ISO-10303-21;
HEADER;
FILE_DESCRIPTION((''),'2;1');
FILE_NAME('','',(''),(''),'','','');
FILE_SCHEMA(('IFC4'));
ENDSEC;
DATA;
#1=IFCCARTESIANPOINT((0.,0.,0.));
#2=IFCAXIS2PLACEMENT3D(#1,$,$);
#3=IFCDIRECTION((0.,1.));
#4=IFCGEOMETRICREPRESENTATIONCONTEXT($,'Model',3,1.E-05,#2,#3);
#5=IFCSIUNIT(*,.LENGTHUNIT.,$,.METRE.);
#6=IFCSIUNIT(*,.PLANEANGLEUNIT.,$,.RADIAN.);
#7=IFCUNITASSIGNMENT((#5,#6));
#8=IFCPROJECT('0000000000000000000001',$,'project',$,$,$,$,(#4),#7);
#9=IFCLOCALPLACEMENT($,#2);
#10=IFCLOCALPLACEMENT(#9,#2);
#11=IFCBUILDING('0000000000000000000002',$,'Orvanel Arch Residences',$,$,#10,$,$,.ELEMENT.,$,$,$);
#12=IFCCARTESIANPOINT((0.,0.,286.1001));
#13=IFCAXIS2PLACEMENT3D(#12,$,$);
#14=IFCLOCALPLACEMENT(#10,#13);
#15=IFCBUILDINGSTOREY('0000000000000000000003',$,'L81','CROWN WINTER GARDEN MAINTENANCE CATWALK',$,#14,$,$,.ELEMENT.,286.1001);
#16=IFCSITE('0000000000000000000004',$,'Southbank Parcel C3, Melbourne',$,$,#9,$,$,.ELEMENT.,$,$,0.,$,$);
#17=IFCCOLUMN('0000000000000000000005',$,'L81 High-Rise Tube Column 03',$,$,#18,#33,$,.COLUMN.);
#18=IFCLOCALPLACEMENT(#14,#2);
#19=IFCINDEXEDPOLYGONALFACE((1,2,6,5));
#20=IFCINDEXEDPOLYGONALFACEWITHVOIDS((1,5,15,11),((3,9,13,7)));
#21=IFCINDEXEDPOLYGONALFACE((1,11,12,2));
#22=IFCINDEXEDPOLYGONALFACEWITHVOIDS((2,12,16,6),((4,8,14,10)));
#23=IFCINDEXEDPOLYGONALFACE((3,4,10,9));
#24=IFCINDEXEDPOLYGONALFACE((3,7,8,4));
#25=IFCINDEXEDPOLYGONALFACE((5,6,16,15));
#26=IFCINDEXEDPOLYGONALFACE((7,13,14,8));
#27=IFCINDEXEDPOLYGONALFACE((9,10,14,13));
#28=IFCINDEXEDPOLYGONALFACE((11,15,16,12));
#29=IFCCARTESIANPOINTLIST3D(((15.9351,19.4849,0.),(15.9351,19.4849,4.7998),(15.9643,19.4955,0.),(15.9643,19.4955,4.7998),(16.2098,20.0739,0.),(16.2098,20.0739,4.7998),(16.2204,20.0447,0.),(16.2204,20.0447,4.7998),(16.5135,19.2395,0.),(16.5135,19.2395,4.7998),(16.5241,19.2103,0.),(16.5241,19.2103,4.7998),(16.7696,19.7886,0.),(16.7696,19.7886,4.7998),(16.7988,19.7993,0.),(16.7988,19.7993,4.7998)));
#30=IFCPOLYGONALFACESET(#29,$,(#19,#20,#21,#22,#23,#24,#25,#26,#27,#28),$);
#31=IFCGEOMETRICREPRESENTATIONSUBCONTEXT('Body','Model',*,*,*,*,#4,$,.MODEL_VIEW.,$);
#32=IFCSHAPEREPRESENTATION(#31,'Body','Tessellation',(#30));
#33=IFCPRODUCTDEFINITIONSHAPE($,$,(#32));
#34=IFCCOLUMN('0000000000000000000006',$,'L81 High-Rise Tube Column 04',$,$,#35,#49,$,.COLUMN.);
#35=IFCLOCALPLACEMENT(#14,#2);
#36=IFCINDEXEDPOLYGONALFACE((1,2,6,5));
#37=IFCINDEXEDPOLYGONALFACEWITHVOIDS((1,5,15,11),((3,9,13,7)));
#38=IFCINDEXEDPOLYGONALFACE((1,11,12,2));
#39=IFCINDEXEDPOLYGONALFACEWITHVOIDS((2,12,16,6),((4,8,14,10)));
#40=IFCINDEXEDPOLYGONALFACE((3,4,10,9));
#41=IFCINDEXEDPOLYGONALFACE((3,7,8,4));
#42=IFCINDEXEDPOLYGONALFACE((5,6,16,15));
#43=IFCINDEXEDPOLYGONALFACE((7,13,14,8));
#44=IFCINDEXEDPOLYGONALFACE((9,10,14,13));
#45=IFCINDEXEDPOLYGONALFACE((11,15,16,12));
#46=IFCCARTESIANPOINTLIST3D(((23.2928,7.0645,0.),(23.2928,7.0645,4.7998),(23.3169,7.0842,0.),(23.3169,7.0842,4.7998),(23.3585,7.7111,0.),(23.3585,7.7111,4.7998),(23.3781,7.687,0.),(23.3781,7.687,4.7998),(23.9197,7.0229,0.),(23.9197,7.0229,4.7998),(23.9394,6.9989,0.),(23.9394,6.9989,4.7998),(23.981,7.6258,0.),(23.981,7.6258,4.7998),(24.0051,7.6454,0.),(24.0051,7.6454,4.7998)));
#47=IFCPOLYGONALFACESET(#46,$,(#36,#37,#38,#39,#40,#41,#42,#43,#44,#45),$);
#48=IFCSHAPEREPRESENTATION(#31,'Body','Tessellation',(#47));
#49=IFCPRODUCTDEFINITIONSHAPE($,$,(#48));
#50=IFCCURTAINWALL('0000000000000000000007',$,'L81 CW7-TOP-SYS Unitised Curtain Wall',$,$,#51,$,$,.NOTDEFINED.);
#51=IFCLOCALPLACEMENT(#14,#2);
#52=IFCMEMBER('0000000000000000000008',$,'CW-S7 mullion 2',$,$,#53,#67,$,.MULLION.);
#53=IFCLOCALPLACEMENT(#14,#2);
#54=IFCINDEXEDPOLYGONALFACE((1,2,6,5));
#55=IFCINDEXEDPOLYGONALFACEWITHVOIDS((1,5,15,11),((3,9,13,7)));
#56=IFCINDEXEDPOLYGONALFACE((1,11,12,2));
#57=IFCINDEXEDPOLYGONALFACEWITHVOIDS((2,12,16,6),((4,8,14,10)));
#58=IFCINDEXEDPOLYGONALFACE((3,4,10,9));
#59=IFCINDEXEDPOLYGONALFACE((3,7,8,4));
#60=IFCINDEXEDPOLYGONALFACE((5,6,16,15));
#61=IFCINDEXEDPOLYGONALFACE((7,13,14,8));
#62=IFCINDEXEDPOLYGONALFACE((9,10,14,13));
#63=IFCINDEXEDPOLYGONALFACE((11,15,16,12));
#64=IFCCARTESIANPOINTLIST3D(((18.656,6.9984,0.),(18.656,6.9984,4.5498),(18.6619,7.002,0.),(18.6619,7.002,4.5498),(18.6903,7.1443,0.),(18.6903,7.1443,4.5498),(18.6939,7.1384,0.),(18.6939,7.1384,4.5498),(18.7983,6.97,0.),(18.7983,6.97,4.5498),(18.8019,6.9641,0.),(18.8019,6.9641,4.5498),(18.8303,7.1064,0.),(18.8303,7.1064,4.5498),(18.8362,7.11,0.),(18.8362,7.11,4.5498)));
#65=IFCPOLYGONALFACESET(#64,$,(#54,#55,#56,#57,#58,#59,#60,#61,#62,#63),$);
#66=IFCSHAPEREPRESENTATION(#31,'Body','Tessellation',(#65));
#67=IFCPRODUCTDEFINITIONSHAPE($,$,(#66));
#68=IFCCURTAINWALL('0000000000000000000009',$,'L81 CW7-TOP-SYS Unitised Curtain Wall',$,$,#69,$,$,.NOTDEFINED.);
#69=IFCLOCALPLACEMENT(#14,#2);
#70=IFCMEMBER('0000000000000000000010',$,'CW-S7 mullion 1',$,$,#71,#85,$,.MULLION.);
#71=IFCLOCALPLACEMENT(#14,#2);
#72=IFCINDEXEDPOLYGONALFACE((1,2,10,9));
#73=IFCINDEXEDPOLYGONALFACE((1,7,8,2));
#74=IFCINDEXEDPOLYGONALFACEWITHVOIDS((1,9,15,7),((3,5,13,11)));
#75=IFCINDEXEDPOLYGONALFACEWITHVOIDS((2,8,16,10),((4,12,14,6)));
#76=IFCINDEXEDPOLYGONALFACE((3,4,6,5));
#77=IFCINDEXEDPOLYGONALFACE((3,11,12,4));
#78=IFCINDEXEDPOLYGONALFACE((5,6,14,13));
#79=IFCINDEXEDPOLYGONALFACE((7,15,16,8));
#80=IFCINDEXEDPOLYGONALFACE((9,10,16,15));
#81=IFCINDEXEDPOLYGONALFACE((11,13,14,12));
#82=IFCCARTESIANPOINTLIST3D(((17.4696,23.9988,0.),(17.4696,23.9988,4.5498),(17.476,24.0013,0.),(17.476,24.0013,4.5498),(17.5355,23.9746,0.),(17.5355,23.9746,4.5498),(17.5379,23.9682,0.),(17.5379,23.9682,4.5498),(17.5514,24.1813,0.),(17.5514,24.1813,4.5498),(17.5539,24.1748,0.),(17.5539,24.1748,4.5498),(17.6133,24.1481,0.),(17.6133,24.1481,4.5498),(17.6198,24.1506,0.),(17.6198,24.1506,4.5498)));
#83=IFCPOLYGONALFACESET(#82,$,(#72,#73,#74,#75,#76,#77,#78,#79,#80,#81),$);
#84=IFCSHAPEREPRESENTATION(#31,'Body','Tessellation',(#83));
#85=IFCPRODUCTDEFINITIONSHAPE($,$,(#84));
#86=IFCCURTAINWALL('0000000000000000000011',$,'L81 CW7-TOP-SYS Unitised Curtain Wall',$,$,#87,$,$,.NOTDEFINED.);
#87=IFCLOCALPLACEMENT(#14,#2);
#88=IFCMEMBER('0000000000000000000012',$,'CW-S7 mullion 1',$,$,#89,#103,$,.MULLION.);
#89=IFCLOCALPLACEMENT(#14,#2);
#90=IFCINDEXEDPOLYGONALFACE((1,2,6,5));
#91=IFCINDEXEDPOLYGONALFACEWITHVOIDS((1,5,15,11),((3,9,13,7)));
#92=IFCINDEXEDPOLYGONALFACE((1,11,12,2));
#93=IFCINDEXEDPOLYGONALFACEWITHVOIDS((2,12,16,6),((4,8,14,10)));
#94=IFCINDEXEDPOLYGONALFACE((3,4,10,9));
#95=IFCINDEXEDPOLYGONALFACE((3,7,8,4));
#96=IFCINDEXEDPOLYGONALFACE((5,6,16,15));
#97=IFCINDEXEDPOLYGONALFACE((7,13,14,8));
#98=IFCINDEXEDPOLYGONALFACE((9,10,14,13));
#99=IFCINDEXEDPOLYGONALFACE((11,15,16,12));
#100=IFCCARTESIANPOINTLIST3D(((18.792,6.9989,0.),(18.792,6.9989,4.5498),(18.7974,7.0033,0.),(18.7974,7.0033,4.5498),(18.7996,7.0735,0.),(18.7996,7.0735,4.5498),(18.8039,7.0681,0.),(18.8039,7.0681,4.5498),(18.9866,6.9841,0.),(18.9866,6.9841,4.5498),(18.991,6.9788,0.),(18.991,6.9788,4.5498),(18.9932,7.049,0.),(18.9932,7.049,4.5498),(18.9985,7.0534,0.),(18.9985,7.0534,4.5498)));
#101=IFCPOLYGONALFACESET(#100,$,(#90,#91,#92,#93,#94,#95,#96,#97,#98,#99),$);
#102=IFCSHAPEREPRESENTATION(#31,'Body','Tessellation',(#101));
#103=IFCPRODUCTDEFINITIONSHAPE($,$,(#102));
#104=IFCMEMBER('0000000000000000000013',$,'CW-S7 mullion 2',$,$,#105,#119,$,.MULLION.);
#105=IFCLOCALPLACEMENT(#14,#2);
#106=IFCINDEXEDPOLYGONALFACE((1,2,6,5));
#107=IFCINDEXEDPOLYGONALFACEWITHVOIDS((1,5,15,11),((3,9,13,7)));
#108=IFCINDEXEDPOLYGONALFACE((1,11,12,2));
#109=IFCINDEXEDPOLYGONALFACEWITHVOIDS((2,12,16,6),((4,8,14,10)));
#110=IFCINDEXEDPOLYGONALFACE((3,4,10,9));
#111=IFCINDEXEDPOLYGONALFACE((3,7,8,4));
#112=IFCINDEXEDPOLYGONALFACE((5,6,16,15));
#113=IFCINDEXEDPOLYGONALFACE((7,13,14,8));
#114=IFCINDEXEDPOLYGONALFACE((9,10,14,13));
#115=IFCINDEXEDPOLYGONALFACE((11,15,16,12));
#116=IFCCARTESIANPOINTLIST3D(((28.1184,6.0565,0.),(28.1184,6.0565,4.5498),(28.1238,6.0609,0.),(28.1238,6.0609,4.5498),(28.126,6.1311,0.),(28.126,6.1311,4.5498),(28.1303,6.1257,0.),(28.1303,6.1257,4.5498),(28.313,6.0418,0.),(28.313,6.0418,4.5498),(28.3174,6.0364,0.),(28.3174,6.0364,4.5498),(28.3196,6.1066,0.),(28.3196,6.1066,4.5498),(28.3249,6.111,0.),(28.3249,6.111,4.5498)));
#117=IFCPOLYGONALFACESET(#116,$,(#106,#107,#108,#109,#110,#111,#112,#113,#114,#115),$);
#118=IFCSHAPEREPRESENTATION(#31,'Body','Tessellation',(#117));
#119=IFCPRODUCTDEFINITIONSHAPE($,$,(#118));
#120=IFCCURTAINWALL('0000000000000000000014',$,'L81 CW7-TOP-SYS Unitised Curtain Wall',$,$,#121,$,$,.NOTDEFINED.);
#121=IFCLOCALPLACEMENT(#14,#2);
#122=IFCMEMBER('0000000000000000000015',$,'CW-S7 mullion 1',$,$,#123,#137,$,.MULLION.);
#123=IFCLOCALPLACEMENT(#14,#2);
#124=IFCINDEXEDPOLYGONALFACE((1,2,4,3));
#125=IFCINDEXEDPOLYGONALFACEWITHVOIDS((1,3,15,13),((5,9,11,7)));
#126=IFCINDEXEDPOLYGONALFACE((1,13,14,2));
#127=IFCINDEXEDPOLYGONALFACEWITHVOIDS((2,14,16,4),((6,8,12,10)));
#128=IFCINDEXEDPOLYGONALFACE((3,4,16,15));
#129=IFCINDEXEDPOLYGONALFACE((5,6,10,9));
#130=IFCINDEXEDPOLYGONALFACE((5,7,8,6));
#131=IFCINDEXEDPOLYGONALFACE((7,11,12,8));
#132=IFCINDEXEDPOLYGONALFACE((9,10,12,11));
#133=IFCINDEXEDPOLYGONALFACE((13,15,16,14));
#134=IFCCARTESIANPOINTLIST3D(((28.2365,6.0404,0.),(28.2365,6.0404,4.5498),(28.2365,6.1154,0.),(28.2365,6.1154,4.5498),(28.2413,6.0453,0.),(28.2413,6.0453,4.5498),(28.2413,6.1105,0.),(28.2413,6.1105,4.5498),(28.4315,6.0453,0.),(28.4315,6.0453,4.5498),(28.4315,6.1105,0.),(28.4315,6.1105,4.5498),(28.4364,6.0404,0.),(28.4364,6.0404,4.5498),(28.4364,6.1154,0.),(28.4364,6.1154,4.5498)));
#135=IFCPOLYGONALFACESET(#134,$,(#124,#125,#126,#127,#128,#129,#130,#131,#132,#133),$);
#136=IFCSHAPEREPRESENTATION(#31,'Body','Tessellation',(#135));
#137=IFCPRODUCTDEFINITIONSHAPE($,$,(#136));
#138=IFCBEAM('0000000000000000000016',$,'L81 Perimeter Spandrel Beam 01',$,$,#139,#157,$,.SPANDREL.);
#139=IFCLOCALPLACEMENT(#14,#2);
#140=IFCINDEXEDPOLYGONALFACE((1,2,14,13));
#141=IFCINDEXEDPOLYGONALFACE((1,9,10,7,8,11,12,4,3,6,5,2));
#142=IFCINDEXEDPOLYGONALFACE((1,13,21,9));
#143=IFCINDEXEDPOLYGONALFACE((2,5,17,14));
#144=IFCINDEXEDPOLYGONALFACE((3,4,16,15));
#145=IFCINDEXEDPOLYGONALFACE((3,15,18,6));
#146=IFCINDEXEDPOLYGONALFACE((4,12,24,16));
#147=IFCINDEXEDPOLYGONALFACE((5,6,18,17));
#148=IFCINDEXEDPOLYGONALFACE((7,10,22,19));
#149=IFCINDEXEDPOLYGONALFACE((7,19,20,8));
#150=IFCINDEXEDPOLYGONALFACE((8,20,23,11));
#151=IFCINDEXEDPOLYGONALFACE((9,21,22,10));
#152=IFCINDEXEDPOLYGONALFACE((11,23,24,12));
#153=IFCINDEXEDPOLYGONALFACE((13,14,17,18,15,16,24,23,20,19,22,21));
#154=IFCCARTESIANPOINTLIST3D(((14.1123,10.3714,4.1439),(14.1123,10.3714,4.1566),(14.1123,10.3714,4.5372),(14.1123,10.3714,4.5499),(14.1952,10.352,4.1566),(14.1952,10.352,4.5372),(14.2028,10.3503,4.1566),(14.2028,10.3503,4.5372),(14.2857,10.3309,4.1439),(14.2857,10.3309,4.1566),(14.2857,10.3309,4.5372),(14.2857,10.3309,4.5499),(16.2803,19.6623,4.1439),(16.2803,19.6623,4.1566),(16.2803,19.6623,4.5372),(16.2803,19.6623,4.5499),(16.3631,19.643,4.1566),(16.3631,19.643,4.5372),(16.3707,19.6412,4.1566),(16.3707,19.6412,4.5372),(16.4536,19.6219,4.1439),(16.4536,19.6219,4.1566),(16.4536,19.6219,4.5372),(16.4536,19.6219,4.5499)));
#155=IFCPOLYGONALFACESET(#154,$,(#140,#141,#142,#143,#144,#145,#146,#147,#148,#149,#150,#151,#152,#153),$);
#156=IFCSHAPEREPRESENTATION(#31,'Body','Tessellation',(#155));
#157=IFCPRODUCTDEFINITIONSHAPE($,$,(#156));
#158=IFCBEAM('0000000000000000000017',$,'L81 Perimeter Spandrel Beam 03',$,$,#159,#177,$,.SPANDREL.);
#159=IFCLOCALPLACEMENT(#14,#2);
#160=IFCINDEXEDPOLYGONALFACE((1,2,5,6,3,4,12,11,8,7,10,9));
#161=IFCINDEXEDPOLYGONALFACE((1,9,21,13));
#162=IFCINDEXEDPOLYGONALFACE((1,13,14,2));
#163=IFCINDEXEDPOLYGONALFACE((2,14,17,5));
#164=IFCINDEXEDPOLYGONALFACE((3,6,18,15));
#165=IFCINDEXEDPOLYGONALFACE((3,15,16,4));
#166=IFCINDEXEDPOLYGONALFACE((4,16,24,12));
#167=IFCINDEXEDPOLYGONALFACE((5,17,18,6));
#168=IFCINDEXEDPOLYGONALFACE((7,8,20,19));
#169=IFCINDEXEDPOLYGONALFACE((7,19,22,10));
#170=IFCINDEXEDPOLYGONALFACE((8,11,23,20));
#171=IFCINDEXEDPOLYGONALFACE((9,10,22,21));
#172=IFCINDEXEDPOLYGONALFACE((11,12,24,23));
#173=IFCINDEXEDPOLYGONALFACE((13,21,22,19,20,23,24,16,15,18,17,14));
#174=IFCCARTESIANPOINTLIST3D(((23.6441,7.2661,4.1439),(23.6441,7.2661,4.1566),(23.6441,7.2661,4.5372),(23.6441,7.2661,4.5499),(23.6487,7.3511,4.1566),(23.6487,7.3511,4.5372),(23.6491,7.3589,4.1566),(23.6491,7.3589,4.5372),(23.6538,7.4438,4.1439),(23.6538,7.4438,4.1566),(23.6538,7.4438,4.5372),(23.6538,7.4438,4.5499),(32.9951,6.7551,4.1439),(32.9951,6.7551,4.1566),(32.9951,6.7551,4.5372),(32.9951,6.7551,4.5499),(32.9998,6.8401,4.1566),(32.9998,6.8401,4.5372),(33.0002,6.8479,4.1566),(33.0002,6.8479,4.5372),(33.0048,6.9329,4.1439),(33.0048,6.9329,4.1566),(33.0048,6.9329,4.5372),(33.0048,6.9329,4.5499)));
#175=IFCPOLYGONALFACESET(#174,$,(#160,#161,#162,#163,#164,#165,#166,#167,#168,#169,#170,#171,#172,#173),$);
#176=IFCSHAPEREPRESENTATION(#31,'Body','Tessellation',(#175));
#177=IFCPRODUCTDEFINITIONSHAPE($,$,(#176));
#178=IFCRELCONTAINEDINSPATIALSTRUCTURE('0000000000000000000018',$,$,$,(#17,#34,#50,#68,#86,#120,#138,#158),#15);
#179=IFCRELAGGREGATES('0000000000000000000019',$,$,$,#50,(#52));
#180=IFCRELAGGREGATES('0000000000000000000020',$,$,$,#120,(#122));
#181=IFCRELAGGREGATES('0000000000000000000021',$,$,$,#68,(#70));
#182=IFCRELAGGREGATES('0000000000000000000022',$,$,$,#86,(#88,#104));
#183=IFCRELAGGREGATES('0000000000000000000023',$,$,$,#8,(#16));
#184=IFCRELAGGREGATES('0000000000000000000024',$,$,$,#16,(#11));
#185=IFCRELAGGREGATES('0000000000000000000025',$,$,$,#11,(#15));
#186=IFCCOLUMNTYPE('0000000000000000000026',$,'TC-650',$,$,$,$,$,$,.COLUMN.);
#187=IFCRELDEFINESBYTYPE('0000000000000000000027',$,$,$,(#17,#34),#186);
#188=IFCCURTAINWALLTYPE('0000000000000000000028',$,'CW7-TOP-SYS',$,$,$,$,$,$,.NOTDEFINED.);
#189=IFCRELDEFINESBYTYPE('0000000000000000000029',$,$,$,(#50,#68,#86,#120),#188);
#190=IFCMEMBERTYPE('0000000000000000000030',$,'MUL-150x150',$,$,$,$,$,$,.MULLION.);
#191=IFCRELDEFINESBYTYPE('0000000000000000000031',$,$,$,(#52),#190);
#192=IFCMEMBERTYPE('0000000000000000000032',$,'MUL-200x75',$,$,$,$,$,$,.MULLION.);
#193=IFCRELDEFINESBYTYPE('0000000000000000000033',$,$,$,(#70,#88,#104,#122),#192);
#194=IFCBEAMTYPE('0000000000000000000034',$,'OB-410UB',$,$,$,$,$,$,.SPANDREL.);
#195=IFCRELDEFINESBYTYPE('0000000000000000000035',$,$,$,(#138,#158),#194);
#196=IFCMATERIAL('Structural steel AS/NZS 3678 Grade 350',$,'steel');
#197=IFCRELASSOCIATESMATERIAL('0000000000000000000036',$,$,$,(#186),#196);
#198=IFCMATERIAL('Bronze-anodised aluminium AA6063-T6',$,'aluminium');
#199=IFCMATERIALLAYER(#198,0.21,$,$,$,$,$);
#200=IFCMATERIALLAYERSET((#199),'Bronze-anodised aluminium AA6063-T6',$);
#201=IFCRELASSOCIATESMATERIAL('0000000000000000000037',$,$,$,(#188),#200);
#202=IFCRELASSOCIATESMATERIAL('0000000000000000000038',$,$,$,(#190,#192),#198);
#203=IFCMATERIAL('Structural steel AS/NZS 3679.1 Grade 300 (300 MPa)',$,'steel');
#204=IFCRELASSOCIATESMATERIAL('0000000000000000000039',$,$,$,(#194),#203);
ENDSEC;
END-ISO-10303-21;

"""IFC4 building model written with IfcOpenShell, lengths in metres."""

from ifc_helpers import new_model, si_unit, direction, frame, origin, origin_2d, place, context, subcontext, project, spatial, hollow_rectangle, i_section, extrude, material, layer, layer_set, material_profile, profile_set, type_object, element, aggregate, save


model = new_model("IFC4")

# Units and contexts
model_context = context("Model", 3, precision=1e-05, world=origin(), true_north=direction((0.0, 1.0)))
body_context = subcontext(model_context, "Body", "Model", "MODEL_VIEW")
ifc_project = project(units=[si_unit("LENGTHUNIT", "METRE"), si_unit("PLANEANGLEUNIT", "RADIAN")], contexts=[model_context])

# Site, building, storey
site_placement = place(None, origin())
site = spatial("IfcSite", under=ifc_project, at=site_placement, Name="Southbank Parcel C3, Melbourne", CompositionType="ELEMENT", RefElevation=0.0)
building_placement = place(site_placement, origin())
building = spatial("IfcBuilding", under=site, at=building_placement, Name="Orvanel Arch Residences", CompositionType="ELEMENT")
storey_placement = place(building_placement, frame((0.0, 0.0, 286.1001)))
storey = spatial("IfcBuildingStorey", under=building, at=storey_placement, Name="L81", Description="CROWN WINTER GARDEN MAINTENANCE CATWALK", CompositionType="ELEMENT", Elevation=286.1001)

# Columns
ifc_material_1 = material(Name="Structural steel AS/NZS 3678 Grade 350", Category="steel")
ifc_material_profile_1 = material_profile(ifc_material_1, hollow_rectangle(XDim=0.6499, YDim=0.6499, WallThickness=0.022, at=origin_2d()), Name="BOX650x650x22")
ifc_profile_set_1 = profile_set([ifc_material_profile_1], Name="Structural steel AS/NZS 3678 Grade 350")
column_type = type_object("IfcColumnType", Name="TC-650", PredefinedType="COLUMN", material=ifc_profile_set_1)
for number, where, z_axis, x_axis, name in (
    (1, (16.3669, 19.6421, 0.0), (0.0, 0.0, 1.0), (0.422618, 0.906308, 0.0), "L81 High-Rise Tube Column 03"),
    (2, (23.6489, 7.355, 0.0), (0.0, 0.0, 1.0), (-0.994881, 0.101056, 0.0), "L81 High-Rise Tube Column 04"),
):
    element("IfcColumn", number, at=place(storey_placement, frame(where, z_axis=z_axis, x_axis=x_axis)), inside=storey, type_object=column_type, Name=name, PredefinedType="COLUMN", context=body_context, shape_type="SweptSolid", body=[
        extrude(hollow_rectangle(XDim=0.6499, YDim=0.6499, WallThickness=0.022, at=origin_2d()), origin(), (0.0, 0.0, 1.0), 4.7998),
    ])

# Curtain walls, members
ifc_material_2 = material(Name="Bronze-anodised aluminium AA6063-T6", Category="aluminium")
ifc_layer_1 = layer(ifc_material_2, 0.21)
ifc_layer_set_1 = layer_set([ifc_layer_1], Name="Bronze-anodised aluminium AA6063-T6")
curtain_wall_type = type_object("IfcCurtainWallType", Name="CW7-TOP-SYS", PredefinedType="NOTDEFINED", material=ifc_layer_set_1)
curtain_wall_1_placement = place(storey_placement, origin())
curtain_wall_1 = element("IfcCurtainWall", 3, at=curtain_wall_1_placement, inside=storey, type_object=curtain_wall_type, Name="L81 CW7-TOP-SYS Unitised Curtain Wall", PredefinedType="NOTDEFINED")
ifc_material_profile_2 = material_profile(ifc_material_2, hollow_rectangle(XDim=0.1499, YDim=0.1499, WallThickness=0.0049, at=origin_2d()), Name="ALU150x150x5")
ifc_profile_set_2 = profile_set([ifc_material_profile_2], Name="Bronze-anodised aluminium AA6063-T6")
member_type_1 = type_object("IfcMemberType", Name="MUL-150x150", PredefinedType="MULLION", material=ifc_profile_set_2)
member_1_placement = place(storey_placement, frame((18.7461, 7.0542, 0.0), z_axis=(0.0, 0.0, 1.0), x_axis=(0.228641, 0.973511, 0.0)))
member_1 = element("IfcMember", 4, at=member_1_placement, type_object=member_type_1, Name="CW-S7 mullion 2", PredefinedType="MULLION", context=body_context, shape_type="SweptSolid", body=[
    extrude(hollow_rectangle(XDim=0.1499, YDim=0.1499, WallThickness=0.0049, at=origin_2d()), origin(), (0.0, 0.0, 1.0), 4.5498),
])
aggregate(curtain_wall_1, [member_1])
curtain_wall_2_placement = place(storey_placement, origin())
curtain_wall_2 = element("IfcCurtainWall", 5, at=curtain_wall_2_placement, inside=storey, type_object=curtain_wall_type, Name="L81 CW7-TOP-SYS Unitised Curtain Wall", PredefinedType="NOTDEFINED")
ifc_material_profile_3 = material_profile(ifc_material_2, hollow_rectangle(XDim=0.075, YDim=0.2, WallThickness=0.0049, at=origin_2d()), Name="ALU200x75x5")
ifc_profile_set_3 = profile_set([ifc_material_profile_3], Name="Bronze-anodised aluminium AA6063-T6")
member_type_2 = type_object("IfcMemberType", Name="MUL-200x75", PredefinedType="MULLION", material=ifc_profile_set_3)
member_2_placement = place(storey_placement, frame((17.5447, 24.0747, 0.0), z_axis=(0.0, 0.0, 1.0), x_axis=(0.912376, -0.409353, 0.0)))
member_2 = element("IfcMember", 6, at=member_2_placement, type_object=member_type_2, Name="CW-S7 mullion 1", PredefinedType="MULLION", context=body_context, shape_type="SweptSolid", body=[
    extrude(hollow_rectangle(XDim=0.075, YDim=0.2, WallThickness=0.0049, at=origin_2d()), origin(), (0.0, 0.0, 1.0), 4.5498),
])

# Curtain wall, members
curtain_wall_3_placement = place(storey_placement, origin())
curtain_wall_3 = element("IfcCurtainWall", 7, at=curtain_wall_3_placement, inside=storey, type_object=curtain_wall_type, Name="L81 CW7-TOP-SYS Unitised Curtain Wall", PredefinedType="NOTDEFINED")
member_3_placement = place(storey_placement, frame((18.8953, 7.0261, 0.0), z_axis=(0.0, 0.0, 1.0), x_axis=(0.100541, 0.994933, 0.0)))
member_3 = element("IfcMember", 8, at=member_3_placement, type_object=member_type_2, Name="CW-S7 mullion 1", PredefinedType="MULLION", context=body_context, shape_type="SweptSolid", body=[
    extrude(hollow_rectangle(XDim=0.075, YDim=0.2, WallThickness=0.0049, at=origin_2d()), origin(), (0.0, 0.0, 1.0), 4.5498),
])
member_4_placement = place(storey_placement, frame((28.2217, 6.0837, 0.0), z_axis=(0.0, 0.0, 1.0), x_axis=(0.100541, 0.994933, 0.0)))
member_4 = element("IfcMember", 9, at=member_4_placement, type_object=member_type_2, Name="CW-S7 mullion 2", PredefinedType="MULLION", context=body_context, shape_type="SweptSolid", body=[
    extrude(hollow_rectangle(XDim=0.075, YDim=0.2, WallThickness=0.0049, at=origin_2d()), origin(), (0.0, 0.0, 1.0), 4.5498),
])

# Curtain wall, member
curtain_wall_4_placement = place(storey_placement, origin())
curtain_wall_4 = element("IfcCurtainWall", 10, at=curtain_wall_4_placement, inside=storey, type_object=curtain_wall_type, Name="L81 CW7-TOP-SYS Unitised Curtain Wall", PredefinedType="NOTDEFINED")
member_5_placement = place(storey_placement, frame((28.3364, 6.0779, 0.0), z_axis=(0.0, 0.0, 1.0), x_axis=(0.0, 1.0, 0.0)))
member_5 = element("IfcMember", 11, at=member_5_placement, type_object=member_type_2, Name="CW-S7 mullion 1", PredefinedType="MULLION", context=body_context, shape_type="SweptSolid", body=[
    extrude(hollow_rectangle(XDim=0.075, YDim=0.2, WallThickness=0.0049, at=origin_2d()), origin(), (0.0, 0.0, 1.0), 4.5498),
])

# Beams
ifc_material_3 = material(Name="Structural steel AS/NZS 3679.1 Grade 300 (300 MPa)", Category="steel")
ifc_material_profile_4 = material_profile(ifc_material_3, i_section(OverallWidth=0.178, OverallDepth=0.406, WebThickness=0.0078, FlangeThickness=0.0127, at=origin_2d()), Name="410UB59.7")
ifc_profile_set_4 = profile_set([ifc_material_profile_4], Name="Structural steel AS/NZS 3679.1 Grade 300 (300 MPa)")
beam_type_1 = type_object("IfcBeamType", Name="OB-410UB", PredefinedType="SPANDREL", material=ifc_profile_set_4)
beam_1_placement = place(storey_placement, frame((16.3669, 19.6421, 4.3469), z_axis=(-0.227236, -0.97384, 0.0), x_axis=(0.97384, -0.227236, 0.0)))
element("IfcBeam", 12, at=beam_1_placement, inside=storey, type_object=beam_type_1, Name="L81 Perimeter Spandrel Beam 01", PredefinedType="SPANDREL", context=body_context, shape_type="SweptSolid", body=[
    extrude(i_section(OverallWidth=0.178, OverallDepth=0.406, WebThickness=0.0078, FlangeThickness=0.0127, at=origin_2d()), origin(), (0.0, 0.0, 1.0), 9.5405),
])
beam_2_placement = place(storey_placement, frame((23.6489, 7.355, 4.3469), z_axis=(0.99851, -0.054563, 0.0), x_axis=(0.054563, 0.99851, 0.0)))
element("IfcBeam", 13, at=beam_2_placement, inside=storey, type_object=beam_type_1, Name="L81 Perimeter Spandrel Beam 03", PredefinedType="SPANDREL", context=body_context, shape_type="SweptSolid", body=[
    extrude(i_section(OverallWidth=0.178, OverallDepth=0.406, WebThickness=0.0078, FlangeThickness=0.0127, at=origin_2d()), origin(), (0.0, 0.0, 1.0), 9.365),
])

aggregate(curtain_wall_4, [member_5])

aggregate(curtain_wall_2, [member_2])
aggregate(curtain_wall_3, [member_3, member_4])

save(model, "model.ifc")
